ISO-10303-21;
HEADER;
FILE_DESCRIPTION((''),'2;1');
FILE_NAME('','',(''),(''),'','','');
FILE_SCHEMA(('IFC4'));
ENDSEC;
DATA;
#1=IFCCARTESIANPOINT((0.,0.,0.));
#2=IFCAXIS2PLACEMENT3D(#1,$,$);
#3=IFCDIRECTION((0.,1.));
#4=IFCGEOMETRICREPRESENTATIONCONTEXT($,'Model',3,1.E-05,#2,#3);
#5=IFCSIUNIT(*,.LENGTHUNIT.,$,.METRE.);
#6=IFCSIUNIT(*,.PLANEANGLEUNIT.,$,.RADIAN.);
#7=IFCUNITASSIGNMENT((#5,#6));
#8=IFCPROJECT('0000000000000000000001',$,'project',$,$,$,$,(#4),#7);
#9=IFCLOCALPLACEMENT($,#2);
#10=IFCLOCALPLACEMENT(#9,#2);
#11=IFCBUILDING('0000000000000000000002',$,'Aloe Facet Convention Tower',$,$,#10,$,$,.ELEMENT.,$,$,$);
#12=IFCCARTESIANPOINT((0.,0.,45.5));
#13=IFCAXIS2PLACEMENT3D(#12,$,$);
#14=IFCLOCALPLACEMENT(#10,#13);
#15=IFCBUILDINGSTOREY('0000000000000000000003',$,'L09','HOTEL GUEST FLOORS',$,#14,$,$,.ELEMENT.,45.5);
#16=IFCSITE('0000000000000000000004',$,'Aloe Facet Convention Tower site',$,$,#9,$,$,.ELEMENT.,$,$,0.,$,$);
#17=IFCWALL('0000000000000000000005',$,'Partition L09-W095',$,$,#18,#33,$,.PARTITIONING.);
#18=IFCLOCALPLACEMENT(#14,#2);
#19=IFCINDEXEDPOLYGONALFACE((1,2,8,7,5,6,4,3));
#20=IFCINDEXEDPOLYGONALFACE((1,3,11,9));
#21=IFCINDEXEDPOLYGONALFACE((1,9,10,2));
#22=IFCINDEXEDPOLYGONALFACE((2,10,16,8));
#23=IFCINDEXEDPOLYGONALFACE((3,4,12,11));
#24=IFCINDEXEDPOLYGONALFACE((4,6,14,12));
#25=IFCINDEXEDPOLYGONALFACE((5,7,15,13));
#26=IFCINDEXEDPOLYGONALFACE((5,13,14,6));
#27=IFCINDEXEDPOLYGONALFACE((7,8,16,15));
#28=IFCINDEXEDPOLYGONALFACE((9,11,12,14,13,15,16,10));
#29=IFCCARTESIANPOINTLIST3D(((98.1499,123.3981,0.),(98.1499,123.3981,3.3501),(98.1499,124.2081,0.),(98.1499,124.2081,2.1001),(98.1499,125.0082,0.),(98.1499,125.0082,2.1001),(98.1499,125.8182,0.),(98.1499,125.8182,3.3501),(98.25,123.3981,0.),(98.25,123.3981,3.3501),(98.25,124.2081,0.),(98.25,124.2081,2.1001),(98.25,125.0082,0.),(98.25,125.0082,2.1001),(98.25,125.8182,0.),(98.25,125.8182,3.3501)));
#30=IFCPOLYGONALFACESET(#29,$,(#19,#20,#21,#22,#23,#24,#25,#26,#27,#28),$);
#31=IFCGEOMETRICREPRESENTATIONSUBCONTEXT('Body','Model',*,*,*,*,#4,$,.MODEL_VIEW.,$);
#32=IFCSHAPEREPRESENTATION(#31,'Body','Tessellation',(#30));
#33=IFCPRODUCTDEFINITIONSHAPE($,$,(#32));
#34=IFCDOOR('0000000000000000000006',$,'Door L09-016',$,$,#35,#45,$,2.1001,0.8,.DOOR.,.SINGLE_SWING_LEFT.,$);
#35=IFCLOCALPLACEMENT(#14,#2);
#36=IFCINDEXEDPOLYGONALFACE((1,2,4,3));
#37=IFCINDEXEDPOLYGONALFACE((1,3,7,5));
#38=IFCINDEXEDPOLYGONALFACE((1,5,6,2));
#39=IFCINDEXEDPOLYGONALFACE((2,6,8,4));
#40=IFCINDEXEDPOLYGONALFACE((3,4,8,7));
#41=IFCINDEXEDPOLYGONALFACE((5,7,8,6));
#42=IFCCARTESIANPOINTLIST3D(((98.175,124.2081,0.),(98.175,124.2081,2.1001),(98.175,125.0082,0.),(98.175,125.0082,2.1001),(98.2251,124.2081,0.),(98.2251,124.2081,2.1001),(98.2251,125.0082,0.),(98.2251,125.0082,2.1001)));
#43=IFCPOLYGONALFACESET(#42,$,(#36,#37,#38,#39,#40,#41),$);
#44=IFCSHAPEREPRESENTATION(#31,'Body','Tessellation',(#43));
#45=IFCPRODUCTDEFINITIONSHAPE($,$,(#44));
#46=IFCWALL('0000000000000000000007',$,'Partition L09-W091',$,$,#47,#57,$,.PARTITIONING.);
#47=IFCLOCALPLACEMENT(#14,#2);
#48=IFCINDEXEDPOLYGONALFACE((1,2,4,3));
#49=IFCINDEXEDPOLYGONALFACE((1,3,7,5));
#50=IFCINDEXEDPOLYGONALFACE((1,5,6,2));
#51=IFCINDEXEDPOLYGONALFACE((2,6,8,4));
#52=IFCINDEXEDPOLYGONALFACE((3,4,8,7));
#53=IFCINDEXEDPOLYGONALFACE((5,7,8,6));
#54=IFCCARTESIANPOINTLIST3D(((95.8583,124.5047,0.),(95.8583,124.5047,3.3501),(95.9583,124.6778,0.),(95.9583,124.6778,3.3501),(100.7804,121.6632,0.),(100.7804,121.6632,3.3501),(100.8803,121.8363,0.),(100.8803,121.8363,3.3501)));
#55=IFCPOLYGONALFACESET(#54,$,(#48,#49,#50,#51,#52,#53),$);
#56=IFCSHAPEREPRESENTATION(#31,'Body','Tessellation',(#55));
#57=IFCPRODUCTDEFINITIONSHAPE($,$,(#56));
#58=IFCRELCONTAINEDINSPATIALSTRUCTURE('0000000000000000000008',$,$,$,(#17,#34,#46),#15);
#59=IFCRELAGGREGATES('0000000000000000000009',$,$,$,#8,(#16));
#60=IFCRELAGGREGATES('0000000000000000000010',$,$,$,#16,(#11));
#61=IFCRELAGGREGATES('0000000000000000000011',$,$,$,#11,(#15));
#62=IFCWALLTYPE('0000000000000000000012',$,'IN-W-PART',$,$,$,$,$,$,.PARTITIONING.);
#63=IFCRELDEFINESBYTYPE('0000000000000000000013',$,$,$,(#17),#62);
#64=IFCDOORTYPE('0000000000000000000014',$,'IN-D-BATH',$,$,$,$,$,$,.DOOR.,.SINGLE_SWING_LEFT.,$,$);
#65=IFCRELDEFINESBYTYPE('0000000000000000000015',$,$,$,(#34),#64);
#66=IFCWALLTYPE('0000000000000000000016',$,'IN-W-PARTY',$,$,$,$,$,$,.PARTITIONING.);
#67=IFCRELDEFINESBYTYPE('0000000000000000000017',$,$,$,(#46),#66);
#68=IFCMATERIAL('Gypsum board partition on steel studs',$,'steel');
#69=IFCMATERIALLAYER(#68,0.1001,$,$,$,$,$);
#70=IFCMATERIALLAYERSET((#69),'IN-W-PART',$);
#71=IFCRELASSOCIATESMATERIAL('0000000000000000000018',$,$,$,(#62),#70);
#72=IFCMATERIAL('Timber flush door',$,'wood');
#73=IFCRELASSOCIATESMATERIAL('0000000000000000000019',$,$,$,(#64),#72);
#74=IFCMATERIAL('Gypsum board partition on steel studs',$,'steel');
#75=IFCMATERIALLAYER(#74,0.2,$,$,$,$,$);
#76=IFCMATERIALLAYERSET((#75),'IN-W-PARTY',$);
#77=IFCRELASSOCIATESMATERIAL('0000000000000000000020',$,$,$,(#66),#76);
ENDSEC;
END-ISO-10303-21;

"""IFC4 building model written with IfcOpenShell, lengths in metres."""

from ifc_helpers import new_model, si_unit, direction, frame, frame_2d, origin, place, context, subcontext, project, spatial, rectangle, extrude, material, layer, layer_set, type_object, element, fill, save


model = new_model("IFC4")

# Units and contexts
model_context = context("Model", 3, precision=1e-05, world=origin(), true_north=direction((0.0, 1.0)))
body_context = subcontext(model_context, "Body", "Model", "MODEL_VIEW")
ifc_project = project(units=[si_unit("LENGTHUNIT", "METRE"), si_unit("PLANEANGLEUNIT", "RADIAN")], contexts=[model_context])

# Site, building, storey
site_placement = place(None, origin())
site = spatial("IfcSite", under=ifc_project, at=site_placement, Name="Aloe Facet Convention Tower site", CompositionType="ELEMENT", RefElevation=0.0)
building_placement = place(site_placement, origin())
building = spatial("IfcBuilding", under=site, at=building_placement, Name="Aloe Facet Convention Tower", CompositionType="ELEMENT")
storey_placement = place(building_placement, frame((0.0, 0.0, 45.5)))
storey = spatial("IfcBuildingStorey", under=building, at=storey_placement, Name="L09", Description="HOTEL GUEST FLOORS", CompositionType="ELEMENT", Elevation=45.5)

# Shared definitions
ifc_material_1 = material(Name="Gypsum board partition on steel studs", Category="steel")
ifc_layer_1 = layer(ifc_material_1, 0.1001)
ifc_layer_set_1 = layer_set([ifc_layer_1], Name="IN-W-PART")
wall_type_1 = type_object("IfcWallType", Name="IN-W-PART", PredefinedType="PARTITIONING", material=ifc_layer_set_1)
ifc_material_2 = material(Name="Timber flush door", Category="wood")
door_type_1 = type_object("IfcDoorType", Name="IN-D-BATH", OperationType="SINGLE_SWING_LEFT", PredefinedType="DOOR", material=ifc_material_2)

# Wall, opening, door
wall_1_placement = place(storey_placement, frame((98.2, 123.3982, 0.0), z_axis=(0.0, 0.0, 1.0), x_axis=(0.0, 1.0, 0.0)))
wall_1 = element("IfcWall", 1, at=wall_1_placement, inside=storey, type_object=wall_type_1, Name="Partition L09-W095", PredefinedType="PARTITIONING", context=body_context, shape_type="SweptSolid", body=[
    extrude(rectangle(XDim=2.4202, YDim=0.1001, at=frame_2d((1.21, 0.0))), origin(), (0.0, 0.0, 1.0), 3.3501),
])
opening_1_placement = place(wall_1_placement, frame((0.8101, 0.0, 0.0)))
opening_1 = element("IfcOpeningElement", 2, at=opening_1_placement, cuts=wall_1, PredefinedType="OPENING", context=body_context, shape_type="SweptSolid", body=[
    extrude(rectangle(XDim=0.8, YDim=2.1001, at=frame_2d((0.3999, 1.05))), frame((0.0, 0.0601, 0.0), z_axis=(0.0, -1.0, 0.0), x_axis=(1.0, 0.0, 0.0)), (0.0, 0.0, 1.0), 0.1201),
])
door_1_placement = place(opening_1_placement, origin())
door_1 = element("IfcDoor", 3, at=door_1_placement, inside=storey, type_object=door_type_1, Name="Door L09-016", OperationType="SINGLE_SWING_LEFT", OverallHeight=2.1001, OverallWidth=0.8, PredefinedType="DOOR", context=body_context, shape_type="SweptSolid", body=[
    extrude(rectangle(XDim=0.8, YDim=2.1001, at=frame_2d((0.3999, 1.05))), frame((0.0, 0.0249, 0.0), z_axis=(0.0, -1.0, 0.0), x_axis=(1.0, 0.0, 0.0)), (0.0, 0.0, 1.0), 0.05),
])
fill(opening_1, door_1)

# Wall
ifc_material_3 = material(Name="Gypsum board partition on steel studs", Category="steel")
ifc_layer_2 = layer(ifc_material_3, 0.2)
ifc_layer_set_2 = layer_set([ifc_layer_2], Name="IN-W-PARTY")
wall_type_2 = type_object("IfcWallType", Name="IN-W-PARTY", PredefinedType="PARTITIONING", material=ifc_layer_set_2)
wall_2_placement = place(storey_placement, frame((95.9082, 124.5913, 0.0), z_axis=(0.0, 0.0, 1.0), x_axis=(0.866043, -0.499969, 0.0)))
element("IfcWall", 4, at=wall_2_placement, inside=storey, type_object=wall_type_2, Name="Partition L09-W091", PredefinedType="PARTITIONING", context=body_context, shape_type="SweptSolid", body=[
    extrude(rectangle(XDim=5.6833, YDim=0.2, at=frame_2d((2.8418, 0.0))), origin(), (0.0, 0.0, 1.0), 3.3501),
])

save(model, "model.ifc")
